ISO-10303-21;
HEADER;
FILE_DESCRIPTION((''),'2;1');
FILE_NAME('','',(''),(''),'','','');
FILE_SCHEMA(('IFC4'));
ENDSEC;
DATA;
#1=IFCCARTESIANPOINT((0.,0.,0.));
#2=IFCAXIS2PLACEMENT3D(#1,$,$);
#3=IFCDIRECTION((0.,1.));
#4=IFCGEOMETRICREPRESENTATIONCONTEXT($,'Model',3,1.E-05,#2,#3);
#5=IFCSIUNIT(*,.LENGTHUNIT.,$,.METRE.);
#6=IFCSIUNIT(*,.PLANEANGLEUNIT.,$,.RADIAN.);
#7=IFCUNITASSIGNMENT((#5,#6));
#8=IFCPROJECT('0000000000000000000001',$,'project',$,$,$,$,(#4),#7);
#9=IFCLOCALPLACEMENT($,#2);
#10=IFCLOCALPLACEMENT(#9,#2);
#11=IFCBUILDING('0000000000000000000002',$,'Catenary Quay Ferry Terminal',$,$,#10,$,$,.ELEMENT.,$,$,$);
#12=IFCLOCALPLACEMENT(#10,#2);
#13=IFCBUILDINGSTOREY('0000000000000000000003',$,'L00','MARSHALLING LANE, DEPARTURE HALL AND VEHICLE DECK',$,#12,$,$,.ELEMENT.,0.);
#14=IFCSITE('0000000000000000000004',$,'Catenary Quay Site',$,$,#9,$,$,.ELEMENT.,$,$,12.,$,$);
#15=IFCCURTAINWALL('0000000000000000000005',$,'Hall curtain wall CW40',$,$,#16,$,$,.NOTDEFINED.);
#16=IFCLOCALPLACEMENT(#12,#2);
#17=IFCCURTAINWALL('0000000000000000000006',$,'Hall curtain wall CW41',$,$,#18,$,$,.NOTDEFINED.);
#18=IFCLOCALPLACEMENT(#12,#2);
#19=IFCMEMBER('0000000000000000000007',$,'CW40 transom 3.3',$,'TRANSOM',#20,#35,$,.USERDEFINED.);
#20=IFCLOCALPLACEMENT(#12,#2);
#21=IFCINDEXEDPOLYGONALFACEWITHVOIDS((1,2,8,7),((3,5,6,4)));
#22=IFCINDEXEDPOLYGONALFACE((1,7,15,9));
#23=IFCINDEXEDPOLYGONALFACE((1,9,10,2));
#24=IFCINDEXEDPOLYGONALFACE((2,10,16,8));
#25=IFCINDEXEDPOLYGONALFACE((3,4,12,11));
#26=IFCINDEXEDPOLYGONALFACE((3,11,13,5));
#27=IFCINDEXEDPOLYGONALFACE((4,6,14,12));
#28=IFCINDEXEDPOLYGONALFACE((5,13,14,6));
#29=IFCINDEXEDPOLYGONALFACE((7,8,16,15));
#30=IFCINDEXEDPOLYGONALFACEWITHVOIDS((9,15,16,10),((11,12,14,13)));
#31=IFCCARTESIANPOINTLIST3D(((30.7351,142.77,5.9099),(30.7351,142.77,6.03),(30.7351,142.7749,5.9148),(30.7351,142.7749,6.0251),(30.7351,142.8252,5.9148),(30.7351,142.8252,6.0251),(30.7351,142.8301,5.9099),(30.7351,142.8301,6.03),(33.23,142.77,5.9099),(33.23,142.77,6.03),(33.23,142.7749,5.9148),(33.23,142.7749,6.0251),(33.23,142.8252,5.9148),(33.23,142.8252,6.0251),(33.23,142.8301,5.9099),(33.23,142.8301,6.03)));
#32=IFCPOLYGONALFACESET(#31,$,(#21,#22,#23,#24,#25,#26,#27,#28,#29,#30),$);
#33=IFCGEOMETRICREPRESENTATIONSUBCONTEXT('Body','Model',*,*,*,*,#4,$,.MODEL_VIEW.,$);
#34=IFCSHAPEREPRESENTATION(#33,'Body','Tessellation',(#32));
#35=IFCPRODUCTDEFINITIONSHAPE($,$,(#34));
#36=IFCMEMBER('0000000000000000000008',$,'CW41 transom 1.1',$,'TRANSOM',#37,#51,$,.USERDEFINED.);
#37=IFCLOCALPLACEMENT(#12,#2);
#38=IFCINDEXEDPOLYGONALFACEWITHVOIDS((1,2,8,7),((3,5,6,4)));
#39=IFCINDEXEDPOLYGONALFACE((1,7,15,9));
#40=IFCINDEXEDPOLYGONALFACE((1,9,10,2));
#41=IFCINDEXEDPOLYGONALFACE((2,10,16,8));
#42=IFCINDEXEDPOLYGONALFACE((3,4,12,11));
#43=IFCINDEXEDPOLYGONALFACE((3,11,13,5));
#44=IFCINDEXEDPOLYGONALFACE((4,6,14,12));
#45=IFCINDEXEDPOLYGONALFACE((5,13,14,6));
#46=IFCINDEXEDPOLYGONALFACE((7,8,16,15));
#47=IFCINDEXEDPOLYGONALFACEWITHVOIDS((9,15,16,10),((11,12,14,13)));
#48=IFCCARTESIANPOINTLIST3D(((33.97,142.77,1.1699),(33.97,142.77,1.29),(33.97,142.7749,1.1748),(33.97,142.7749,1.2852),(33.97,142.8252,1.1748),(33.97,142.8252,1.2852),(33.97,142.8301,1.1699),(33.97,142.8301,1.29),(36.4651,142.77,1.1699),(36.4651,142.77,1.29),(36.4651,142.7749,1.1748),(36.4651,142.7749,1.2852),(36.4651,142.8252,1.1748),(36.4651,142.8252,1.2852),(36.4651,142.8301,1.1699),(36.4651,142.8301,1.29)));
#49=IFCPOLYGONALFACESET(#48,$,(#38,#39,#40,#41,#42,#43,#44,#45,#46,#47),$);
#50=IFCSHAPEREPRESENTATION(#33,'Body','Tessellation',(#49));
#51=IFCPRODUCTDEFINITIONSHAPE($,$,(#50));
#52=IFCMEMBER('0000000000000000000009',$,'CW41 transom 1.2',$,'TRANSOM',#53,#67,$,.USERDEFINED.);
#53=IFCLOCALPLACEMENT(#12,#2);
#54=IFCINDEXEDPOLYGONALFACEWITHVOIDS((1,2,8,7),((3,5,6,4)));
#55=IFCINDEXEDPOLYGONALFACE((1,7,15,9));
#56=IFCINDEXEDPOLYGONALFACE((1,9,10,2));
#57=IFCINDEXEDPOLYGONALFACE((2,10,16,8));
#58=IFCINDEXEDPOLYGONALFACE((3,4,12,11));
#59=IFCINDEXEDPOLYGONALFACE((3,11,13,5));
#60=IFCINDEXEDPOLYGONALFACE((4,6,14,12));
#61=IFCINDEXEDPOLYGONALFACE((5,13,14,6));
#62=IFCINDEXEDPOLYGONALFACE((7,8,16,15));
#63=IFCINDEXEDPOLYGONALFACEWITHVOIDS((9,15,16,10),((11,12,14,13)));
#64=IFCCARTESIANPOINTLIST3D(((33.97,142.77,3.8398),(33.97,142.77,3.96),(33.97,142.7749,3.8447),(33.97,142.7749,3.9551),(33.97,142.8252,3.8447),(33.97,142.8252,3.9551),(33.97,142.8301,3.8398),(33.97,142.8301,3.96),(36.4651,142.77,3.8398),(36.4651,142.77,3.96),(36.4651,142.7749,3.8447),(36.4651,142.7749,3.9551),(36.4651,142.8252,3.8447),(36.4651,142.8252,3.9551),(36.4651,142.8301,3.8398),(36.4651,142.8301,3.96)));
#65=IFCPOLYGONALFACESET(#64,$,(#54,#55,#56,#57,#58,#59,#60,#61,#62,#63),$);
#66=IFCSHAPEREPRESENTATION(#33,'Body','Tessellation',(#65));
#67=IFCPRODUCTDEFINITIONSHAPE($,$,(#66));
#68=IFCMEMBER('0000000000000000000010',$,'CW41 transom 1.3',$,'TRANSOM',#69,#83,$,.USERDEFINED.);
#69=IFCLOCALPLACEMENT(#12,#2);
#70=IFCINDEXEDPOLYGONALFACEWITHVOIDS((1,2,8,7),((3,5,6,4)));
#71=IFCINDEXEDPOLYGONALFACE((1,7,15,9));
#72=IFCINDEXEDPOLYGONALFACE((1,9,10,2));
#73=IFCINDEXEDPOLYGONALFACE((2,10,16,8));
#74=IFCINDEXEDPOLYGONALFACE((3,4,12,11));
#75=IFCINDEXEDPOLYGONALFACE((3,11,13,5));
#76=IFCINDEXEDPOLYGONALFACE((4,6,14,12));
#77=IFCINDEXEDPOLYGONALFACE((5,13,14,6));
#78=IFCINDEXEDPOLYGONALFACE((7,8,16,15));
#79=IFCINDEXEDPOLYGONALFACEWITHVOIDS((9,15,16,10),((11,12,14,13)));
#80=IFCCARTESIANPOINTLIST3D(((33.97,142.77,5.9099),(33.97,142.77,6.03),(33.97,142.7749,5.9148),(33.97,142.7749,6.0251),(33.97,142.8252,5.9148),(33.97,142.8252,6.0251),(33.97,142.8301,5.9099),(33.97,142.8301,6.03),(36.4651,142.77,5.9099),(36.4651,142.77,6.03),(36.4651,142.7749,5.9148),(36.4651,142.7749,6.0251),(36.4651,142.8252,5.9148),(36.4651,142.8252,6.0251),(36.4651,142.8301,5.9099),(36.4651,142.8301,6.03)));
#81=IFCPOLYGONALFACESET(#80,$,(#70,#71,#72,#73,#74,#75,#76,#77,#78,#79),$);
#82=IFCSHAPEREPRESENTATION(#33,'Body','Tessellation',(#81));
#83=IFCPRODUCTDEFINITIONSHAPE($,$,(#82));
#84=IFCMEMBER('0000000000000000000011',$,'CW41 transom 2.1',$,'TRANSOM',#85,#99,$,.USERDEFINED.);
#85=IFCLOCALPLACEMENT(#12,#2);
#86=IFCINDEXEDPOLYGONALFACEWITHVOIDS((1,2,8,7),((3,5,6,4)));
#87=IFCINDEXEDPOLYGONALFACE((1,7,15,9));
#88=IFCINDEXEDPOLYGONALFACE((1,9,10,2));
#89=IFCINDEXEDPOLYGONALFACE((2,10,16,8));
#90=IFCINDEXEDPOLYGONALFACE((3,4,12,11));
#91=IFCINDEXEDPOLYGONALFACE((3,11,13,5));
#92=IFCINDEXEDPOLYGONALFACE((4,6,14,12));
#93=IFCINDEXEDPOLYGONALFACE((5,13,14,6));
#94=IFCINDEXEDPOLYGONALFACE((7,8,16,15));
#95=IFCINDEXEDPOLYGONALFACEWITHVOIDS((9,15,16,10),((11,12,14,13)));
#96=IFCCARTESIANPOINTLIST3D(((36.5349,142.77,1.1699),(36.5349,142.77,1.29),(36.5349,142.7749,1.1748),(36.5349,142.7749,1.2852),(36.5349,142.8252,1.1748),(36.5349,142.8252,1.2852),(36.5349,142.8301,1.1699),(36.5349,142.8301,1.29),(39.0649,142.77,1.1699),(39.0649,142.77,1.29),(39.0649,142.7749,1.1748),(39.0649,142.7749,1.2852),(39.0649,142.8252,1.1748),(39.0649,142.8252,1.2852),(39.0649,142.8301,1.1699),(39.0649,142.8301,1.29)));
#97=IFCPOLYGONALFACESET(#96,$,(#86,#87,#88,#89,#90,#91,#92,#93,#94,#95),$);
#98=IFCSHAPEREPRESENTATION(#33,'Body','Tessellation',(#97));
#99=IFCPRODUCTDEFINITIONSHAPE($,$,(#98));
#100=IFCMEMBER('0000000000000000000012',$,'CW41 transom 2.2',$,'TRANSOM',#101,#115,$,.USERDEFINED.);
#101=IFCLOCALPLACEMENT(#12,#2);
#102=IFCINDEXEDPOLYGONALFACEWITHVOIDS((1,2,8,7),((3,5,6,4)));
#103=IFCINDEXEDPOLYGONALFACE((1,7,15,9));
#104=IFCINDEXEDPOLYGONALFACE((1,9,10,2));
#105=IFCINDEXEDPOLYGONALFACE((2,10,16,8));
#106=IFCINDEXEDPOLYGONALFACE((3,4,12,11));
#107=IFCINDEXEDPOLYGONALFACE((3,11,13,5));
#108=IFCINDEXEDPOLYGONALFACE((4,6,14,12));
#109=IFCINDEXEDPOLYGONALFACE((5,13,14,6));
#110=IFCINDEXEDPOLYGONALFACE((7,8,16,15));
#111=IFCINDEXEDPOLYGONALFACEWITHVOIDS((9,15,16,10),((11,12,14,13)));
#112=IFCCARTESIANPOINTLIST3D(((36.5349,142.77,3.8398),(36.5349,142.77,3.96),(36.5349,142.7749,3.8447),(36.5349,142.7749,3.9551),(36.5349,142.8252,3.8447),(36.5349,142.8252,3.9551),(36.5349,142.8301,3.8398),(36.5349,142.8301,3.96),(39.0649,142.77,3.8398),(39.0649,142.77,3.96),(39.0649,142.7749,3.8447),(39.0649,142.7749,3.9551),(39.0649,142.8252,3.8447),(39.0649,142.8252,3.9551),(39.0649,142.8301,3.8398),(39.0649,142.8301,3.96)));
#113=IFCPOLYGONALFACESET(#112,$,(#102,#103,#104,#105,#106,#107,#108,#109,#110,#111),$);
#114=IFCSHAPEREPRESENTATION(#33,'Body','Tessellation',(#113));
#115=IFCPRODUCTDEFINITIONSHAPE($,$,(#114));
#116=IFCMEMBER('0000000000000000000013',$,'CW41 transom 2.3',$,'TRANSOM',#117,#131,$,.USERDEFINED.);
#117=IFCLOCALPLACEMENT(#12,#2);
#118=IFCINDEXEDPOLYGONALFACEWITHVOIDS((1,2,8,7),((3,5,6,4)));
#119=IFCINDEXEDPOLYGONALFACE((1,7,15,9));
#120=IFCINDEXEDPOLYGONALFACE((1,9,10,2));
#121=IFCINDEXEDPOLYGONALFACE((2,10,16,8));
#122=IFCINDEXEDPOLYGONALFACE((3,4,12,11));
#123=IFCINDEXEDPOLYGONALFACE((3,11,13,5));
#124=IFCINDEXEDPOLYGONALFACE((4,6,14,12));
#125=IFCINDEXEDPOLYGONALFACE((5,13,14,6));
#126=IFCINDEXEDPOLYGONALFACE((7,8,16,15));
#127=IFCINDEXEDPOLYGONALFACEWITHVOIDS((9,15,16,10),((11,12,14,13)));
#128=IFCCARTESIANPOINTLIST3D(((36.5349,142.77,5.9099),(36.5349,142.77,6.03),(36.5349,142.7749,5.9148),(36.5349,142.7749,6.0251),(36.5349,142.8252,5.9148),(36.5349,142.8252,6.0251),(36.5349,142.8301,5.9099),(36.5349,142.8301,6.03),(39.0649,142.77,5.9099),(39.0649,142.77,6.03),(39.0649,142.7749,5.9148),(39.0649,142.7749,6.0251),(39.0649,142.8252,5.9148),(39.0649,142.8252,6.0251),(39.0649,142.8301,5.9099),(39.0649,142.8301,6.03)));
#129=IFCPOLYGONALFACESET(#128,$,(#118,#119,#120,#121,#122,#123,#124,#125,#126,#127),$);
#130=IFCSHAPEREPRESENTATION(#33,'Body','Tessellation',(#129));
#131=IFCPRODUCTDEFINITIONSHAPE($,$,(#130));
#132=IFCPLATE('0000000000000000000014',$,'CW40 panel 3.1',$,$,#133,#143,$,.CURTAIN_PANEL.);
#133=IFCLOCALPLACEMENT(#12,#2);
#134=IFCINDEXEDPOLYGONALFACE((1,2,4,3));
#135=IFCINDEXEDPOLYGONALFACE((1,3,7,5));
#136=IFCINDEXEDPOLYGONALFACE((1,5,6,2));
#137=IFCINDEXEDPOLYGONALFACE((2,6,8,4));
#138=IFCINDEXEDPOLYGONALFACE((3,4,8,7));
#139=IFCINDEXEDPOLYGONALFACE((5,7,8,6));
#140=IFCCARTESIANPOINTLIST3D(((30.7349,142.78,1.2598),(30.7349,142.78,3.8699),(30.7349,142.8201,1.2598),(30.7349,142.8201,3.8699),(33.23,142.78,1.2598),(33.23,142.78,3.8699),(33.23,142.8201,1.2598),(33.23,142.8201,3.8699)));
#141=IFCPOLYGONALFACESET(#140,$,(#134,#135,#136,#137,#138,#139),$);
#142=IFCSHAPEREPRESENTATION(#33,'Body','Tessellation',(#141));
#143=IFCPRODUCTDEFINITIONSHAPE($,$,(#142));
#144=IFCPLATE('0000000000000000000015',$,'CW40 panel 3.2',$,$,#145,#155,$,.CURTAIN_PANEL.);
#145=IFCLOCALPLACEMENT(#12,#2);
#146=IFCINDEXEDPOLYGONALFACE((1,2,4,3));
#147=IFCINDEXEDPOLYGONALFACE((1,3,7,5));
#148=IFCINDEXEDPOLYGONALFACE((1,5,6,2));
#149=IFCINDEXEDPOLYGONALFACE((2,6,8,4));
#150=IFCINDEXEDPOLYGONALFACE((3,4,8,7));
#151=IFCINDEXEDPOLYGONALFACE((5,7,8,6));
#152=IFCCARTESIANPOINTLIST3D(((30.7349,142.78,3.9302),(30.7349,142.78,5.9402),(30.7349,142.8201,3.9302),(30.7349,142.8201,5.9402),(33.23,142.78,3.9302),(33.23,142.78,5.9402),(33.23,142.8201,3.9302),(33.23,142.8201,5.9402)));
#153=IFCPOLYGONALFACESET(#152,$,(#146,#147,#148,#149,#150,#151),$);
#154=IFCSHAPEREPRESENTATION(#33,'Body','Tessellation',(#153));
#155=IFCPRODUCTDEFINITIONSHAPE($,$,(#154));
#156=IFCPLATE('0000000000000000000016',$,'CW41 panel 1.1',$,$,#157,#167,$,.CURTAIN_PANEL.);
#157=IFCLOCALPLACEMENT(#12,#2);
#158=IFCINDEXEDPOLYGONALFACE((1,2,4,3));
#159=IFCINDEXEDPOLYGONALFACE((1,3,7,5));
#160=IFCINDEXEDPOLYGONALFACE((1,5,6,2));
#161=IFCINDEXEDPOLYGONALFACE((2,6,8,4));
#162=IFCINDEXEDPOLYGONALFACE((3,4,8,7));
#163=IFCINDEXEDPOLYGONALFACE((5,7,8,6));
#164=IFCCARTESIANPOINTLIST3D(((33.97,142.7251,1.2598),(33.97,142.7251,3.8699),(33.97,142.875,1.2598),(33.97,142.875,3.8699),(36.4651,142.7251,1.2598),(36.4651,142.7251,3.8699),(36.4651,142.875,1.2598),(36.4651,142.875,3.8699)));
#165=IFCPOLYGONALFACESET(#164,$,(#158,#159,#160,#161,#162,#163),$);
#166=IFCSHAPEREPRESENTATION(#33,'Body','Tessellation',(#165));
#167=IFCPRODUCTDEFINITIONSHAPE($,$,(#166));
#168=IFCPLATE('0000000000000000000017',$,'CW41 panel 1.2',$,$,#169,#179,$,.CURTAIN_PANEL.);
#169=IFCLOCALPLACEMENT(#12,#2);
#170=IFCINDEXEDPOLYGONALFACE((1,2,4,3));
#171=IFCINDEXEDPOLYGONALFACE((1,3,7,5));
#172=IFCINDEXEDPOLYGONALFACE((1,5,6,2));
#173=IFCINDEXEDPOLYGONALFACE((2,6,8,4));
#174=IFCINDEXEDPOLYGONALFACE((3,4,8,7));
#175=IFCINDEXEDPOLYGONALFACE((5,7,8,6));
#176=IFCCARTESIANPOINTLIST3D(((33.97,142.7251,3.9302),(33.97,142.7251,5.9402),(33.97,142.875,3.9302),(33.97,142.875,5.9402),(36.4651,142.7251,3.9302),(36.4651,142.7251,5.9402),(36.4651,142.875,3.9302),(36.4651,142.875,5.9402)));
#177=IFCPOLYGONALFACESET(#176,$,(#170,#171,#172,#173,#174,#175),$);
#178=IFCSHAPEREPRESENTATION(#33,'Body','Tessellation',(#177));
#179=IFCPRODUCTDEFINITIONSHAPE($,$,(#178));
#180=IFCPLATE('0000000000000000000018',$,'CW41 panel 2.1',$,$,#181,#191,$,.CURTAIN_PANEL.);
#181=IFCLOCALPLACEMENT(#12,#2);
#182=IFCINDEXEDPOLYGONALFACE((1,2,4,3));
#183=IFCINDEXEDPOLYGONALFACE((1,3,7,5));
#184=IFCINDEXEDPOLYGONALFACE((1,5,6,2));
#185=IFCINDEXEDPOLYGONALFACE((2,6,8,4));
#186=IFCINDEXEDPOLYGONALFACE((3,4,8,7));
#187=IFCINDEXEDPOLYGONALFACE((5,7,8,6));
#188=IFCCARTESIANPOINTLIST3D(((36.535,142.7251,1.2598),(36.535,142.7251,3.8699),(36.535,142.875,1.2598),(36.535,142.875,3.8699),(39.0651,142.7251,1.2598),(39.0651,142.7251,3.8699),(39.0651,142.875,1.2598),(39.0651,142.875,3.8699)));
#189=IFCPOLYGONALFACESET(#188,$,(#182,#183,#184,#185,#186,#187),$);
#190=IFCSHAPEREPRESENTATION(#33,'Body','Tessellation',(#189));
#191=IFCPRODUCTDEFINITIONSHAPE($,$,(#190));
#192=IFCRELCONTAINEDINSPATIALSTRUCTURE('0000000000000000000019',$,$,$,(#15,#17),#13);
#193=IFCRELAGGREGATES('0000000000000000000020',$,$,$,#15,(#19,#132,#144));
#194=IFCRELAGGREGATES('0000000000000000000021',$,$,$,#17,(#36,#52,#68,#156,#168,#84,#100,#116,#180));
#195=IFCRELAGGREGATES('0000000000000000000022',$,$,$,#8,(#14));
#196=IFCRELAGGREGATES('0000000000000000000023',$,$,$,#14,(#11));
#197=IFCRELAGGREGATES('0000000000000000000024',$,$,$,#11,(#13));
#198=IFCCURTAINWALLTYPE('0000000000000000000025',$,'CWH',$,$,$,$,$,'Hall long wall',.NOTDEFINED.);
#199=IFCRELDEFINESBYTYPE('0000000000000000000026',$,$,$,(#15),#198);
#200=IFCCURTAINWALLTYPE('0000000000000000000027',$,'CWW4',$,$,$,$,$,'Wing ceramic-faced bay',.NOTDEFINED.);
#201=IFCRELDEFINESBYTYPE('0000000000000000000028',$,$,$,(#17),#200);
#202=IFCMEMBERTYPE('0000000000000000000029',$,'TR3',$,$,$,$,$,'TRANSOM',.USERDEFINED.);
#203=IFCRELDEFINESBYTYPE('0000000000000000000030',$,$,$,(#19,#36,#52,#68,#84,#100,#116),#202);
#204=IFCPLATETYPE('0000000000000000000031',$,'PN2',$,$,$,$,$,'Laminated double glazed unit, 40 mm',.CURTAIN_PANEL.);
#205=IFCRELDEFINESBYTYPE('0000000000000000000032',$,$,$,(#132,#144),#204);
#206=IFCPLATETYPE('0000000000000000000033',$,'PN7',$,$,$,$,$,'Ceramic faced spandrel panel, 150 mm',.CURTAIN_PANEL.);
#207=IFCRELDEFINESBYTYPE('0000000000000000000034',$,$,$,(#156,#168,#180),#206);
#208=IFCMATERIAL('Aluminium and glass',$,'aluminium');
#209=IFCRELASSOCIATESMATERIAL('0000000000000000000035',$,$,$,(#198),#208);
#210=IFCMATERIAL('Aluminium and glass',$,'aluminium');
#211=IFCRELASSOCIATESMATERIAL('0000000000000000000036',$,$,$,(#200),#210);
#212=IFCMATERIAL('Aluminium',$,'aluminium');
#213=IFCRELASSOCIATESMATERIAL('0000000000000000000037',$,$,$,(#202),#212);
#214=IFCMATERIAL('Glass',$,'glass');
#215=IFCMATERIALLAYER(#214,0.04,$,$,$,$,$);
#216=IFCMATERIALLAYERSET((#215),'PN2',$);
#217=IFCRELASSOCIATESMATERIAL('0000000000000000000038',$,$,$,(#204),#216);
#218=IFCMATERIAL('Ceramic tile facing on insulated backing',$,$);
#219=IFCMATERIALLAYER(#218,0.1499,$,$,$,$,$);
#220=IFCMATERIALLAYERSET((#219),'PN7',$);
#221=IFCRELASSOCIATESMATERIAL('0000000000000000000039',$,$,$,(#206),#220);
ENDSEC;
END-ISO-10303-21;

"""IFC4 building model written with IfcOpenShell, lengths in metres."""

from ifc_helpers import new_model, si_unit, direction, frame, origin, origin_2d, place, context, subcontext, project, spatial, rectangle, hollow_rectangle, extrude, material, layer, layer_set, material_profile, profile_set, type_object, element, aggregate, save


model = new_model("IFC4")

# Units and contexts
model_context = context("Model", 3, precision=1e-05, world=origin(), true_north=direction((0.0, 1.0)))
body_context = subcontext(model_context, "Body", "Model", "MODEL_VIEW")
ifc_project = project(units=[si_unit("LENGTHUNIT", "METRE"), si_unit("PLANEANGLEUNIT", "RADIAN")], contexts=[model_context])

# Site, building, storey
site_placement = place(None, origin())
site = spatial("IfcSite", under=ifc_project, at=site_placement, Name="Catenary Quay Site", CompositionType="ELEMENT", RefElevation=12.0)
building_placement = place(site_placement, origin())
building = spatial("IfcBuilding", under=site, at=building_placement, Name="Catenary Quay Ferry Terminal", CompositionType="ELEMENT")
storey_placement = place(building_placement, origin())
storey = spatial("IfcBuildingStorey", under=building, at=storey_placement, Name="L00", Description="MARSHALLING LANE, DEPARTURE HALL AND VEHICLE DECK", CompositionType="ELEMENT", Elevation=0.0)

# Curtain walls
ifc_material_1 = material(Name="Aluminium and glass", Category="aluminium")
curtain_wall_type_1 = type_object("IfcCurtainWallType", Name="CWH", ElementType="Hall long wall", PredefinedType="NOTDEFINED", material=ifc_material_1)
curtain_wall_1_placement = place(storey_placement, origin())
curtain_wall_1 = element("IfcCurtainWall", 1, at=curtain_wall_1_placement, inside=storey, type_object=curtain_wall_type_1, Name="Hall curtain wall CW40", PredefinedType="NOTDEFINED")
ifc_material_2 = material(Name="Aluminium and glass", Category="aluminium")
curtain_wall_type_2 = type_object("IfcCurtainWallType", Name="CWW4", ElementType="Wing ceramic-faced bay", PredefinedType="NOTDEFINED", material=ifc_material_2)
curtain_wall_2_placement = place(storey_placement, origin())
curtain_wall_2 = element("IfcCurtainWall", 2, at=curtain_wall_2_placement, inside=storey, type_object=curtain_wall_type_2, Name="Hall curtain wall CW41", PredefinedType="NOTDEFINED")

# Members
ifc_material_3 = material(Name="Aluminium", Category="aluminium")
ifc_material_profile_1 = material_profile(ifc_material_3, hollow_rectangle(XDim=0.0601, YDim=0.1201, WallThickness=0.0049, at=origin_2d()), Name="TR3")
ifc_profile_set_1 = profile_set([ifc_material_profile_1], Name="Aluminium")
member_type_1 = type_object("IfcMemberType", Name="TR3", ElementType="TRANSOM", PredefinedType="USERDEFINED", material=ifc_profile_set_1)
member_1_placement = place(storey_placement, frame((30.7351, 142.8, 5.97), z_axis=(1.0, 0.0, 0.0), x_axis=(0.0, 1.0, 0.0)))
member_1 = element("IfcMember", 3, at=member_1_placement, type_object=member_type_1, Name="CW40 transom 3.3", ObjectType="TRANSOM", PredefinedType="USERDEFINED", context=body_context, shape_type="SweptSolid", body=[
    extrude(hollow_rectangle(XDim=0.0601, YDim=0.1201, WallThickness=0.0049, at=origin_2d()), origin(), (0.0, 0.0, 1.0), 2.4949),
])
member_2_placement = place(storey_placement, frame((33.97, 142.8, 1.23), z_axis=(1.0, 0.0, 0.0), x_axis=(0.0, 1.0, 0.0)))
member_2 = element("IfcMember", 4, at=member_2_placement, type_object=member_type_1, Name="CW41 transom 1.1", ObjectType="TRANSOM", PredefinedType="USERDEFINED", context=body_context, shape_type="SweptSolid", body=[
    extrude(hollow_rectangle(XDim=0.0601, YDim=0.1201, WallThickness=0.0049, at=origin_2d()), origin(), (0.0, 0.0, 1.0), 2.4951),
])
member_3_placement = place(storey_placement, frame((33.97, 142.8, 3.8999), z_axis=(1.0, 0.0, 0.0), x_axis=(0.0, 1.0, 0.0)))
member_3 = element("IfcMember", 5, at=member_3_placement, type_object=member_type_1, Name="CW41 transom 1.2", ObjectType="TRANSOM", PredefinedType="USERDEFINED", context=body_context, shape_type="SweptSolid", body=[
    extrude(hollow_rectangle(XDim=0.0601, YDim=0.1201, WallThickness=0.0049, at=origin_2d()), origin(), (0.0, 0.0, 1.0), 2.4951),
])
member_4_placement = place(storey_placement, frame((33.97, 142.8, 5.97), z_axis=(1.0, 0.0, 0.0), x_axis=(0.0, 1.0, 0.0)))
member_4 = element("IfcMember", 6, at=member_4_placement, type_object=member_type_1, Name="CW41 transom 1.3", ObjectType="TRANSOM", PredefinedType="USERDEFINED", context=body_context, shape_type="SweptSolid", body=[
    extrude(hollow_rectangle(XDim=0.0601, YDim=0.1201, WallThickness=0.0049, at=origin_2d()), origin(), (0.0, 0.0, 1.0), 2.4951),
])
member_5_placement = place(storey_placement, frame((36.5349, 142.8, 1.23), z_axis=(1.0, 0.0, 0.0), x_axis=(0.0, 1.0, 0.0)))
member_5 = element("IfcMember", 7, at=member_5_placement, type_object=member_type_1, Name="CW41 transom 2.1", ObjectType="TRANSOM", PredefinedType="USERDEFINED", context=body_context, shape_type="SweptSolid", body=[
    extrude(hollow_rectangle(XDim=0.0601, YDim=0.1201, WallThickness=0.0049, at=origin_2d()), origin(), (0.0, 0.0, 1.0), 2.53),
])
member_6_placement = place(storey_placement, frame((36.5349, 142.8, 3.8999), z_axis=(1.0, 0.0, 0.0), x_axis=(0.0, 1.0, 0.0)))
member_6 = element("IfcMember", 8, at=member_6_placement, type_object=member_type_1, Name="CW41 transom 2.2", ObjectType="TRANSOM", PredefinedType="USERDEFINED", context=body_context, shape_type="SweptSolid", body=[
    extrude(hollow_rectangle(XDim=0.0601, YDim=0.1201, WallThickness=0.0049, at=origin_2d()), origin(), (0.0, 0.0, 1.0), 2.53),
])
member_7_placement = place(storey_placement, frame((36.5349, 142.8, 5.97), z_axis=(1.0, 0.0, 0.0), x_axis=(0.0, 1.0, 0.0)))
member_7 = element("IfcMember", 9, at=member_7_placement, type_object=member_type_1, Name="CW41 transom 2.3", ObjectType="TRANSOM", PredefinedType="USERDEFINED", context=body_context, shape_type="SweptSolid", body=[
    extrude(hollow_rectangle(XDim=0.0601, YDim=0.1201, WallThickness=0.0049, at=origin_2d()), origin(), (0.0, 0.0, 1.0), 2.53),
])

# Plates
ifc_material_4 = material(Name="Glass", Category="glass")
ifc_layer_1 = layer(ifc_material_4, 0.04)
ifc_layer_set_1 = layer_set([ifc_layer_1], Name="PN2")
plate_type_1 = type_object("IfcPlateType", Name="PN2", ElementType="Laminated double glazed unit, 40 mm", PredefinedType="CURTAIN_PANEL", material=ifc_layer_set_1)
plate_1_placement = place(storey_placement, frame((31.9824, 142.8, 1.2598), z_axis=(0.0, 0.0, 1.0), x_axis=(1.0, 0.0, 0.0)))
plate_1 = element("IfcPlate", 10, at=plate_1_placement, type_object=plate_type_1, Name="CW40 panel 3.1", PredefinedType="CURTAIN_PANEL", context=body_context, shape_type="SweptSolid", body=[
    extrude(rectangle(XDim=2.4951, YDim=0.04, at=origin_2d()), origin(), (0.0, 0.0, 1.0), 2.6101),
])
plate_2_placement = place(storey_placement, frame((31.9824, 142.8, 3.9302), z_axis=(0.0, 0.0, 1.0), x_axis=(1.0, 0.0, 0.0)))
plate_2 = element("IfcPlate", 11, at=plate_2_placement, type_object=plate_type_1, Name="CW40 panel 3.2", PredefinedType="CURTAIN_PANEL", context=body_context, shape_type="SweptSolid", body=[
    extrude(rectangle(XDim=2.4951, YDim=0.04, at=origin_2d()), origin(), (0.0, 0.0, 1.0), 2.01),
])
aggregate(curtain_wall_1, [member_1, plate_1, plate_2])
ifc_material_5 = material(Name="Ceramic tile facing on insulated backing")
ifc_layer_2 = layer(ifc_material_5, 0.1499)
ifc_layer_set_2 = layer_set([ifc_layer_2], Name="PN7")
plate_type_2 = type_object("IfcPlateType", Name="PN7", ElementType="Ceramic faced spandrel panel, 150 mm", PredefinedType="CURTAIN_PANEL", material=ifc_layer_set_2)
plate_3_placement = place(storey_placement, frame((35.2175, 142.8, 1.2598), z_axis=(0.0, 0.0, 1.0), x_axis=(1.0, 0.0, 0.0)))
plate_3 = element("IfcPlate", 12, at=plate_3_placement, type_object=plate_type_2, Name="CW41 panel 1.1", PredefinedType="CURTAIN_PANEL", context=body_context, shape_type="SweptSolid", body=[
    extrude(rectangle(XDim=2.4951, YDim=0.1499, at=origin_2d()), origin(), (0.0, 0.0, 1.0), 2.6101),
])
plate_4_placement = place(storey_placement, frame((35.2175, 142.8, 3.9302), z_axis=(0.0, 0.0, 1.0), x_axis=(1.0, 0.0, 0.0)))
plate_4 = element("IfcPlate", 13, at=plate_4_placement, type_object=plate_type_2, Name="CW41 panel 1.2", PredefinedType="CURTAIN_PANEL", context=body_context, shape_type="SweptSolid", body=[
    extrude(rectangle(XDim=2.4951, YDim=0.1499, at=origin_2d()), origin(), (0.0, 0.0, 1.0), 2.01),
])
plate_5_placement = place(storey_placement, frame((37.8, 142.8, 1.2598), z_axis=(0.0, 0.0, 1.0), x_axis=(1.0, 0.0, 0.0)))
plate_5 = element("IfcPlate", 14, at=plate_5_placement, type_object=plate_type_2, Name="CW41 panel 2.1", PredefinedType="CURTAIN_PANEL", context=body_context, shape_type="SweptSolid", body=[
    extrude(rectangle(XDim=2.53, YDim=0.1499, at=origin_2d()), origin(), (0.0, 0.0, 1.0), 2.6101),
])
aggregate(curtain_wall_2, [member_2, member_3, member_4, plate_3, plate_4, member_5, member_6, member_7, plate_5])

save(model, "model.ifc")
